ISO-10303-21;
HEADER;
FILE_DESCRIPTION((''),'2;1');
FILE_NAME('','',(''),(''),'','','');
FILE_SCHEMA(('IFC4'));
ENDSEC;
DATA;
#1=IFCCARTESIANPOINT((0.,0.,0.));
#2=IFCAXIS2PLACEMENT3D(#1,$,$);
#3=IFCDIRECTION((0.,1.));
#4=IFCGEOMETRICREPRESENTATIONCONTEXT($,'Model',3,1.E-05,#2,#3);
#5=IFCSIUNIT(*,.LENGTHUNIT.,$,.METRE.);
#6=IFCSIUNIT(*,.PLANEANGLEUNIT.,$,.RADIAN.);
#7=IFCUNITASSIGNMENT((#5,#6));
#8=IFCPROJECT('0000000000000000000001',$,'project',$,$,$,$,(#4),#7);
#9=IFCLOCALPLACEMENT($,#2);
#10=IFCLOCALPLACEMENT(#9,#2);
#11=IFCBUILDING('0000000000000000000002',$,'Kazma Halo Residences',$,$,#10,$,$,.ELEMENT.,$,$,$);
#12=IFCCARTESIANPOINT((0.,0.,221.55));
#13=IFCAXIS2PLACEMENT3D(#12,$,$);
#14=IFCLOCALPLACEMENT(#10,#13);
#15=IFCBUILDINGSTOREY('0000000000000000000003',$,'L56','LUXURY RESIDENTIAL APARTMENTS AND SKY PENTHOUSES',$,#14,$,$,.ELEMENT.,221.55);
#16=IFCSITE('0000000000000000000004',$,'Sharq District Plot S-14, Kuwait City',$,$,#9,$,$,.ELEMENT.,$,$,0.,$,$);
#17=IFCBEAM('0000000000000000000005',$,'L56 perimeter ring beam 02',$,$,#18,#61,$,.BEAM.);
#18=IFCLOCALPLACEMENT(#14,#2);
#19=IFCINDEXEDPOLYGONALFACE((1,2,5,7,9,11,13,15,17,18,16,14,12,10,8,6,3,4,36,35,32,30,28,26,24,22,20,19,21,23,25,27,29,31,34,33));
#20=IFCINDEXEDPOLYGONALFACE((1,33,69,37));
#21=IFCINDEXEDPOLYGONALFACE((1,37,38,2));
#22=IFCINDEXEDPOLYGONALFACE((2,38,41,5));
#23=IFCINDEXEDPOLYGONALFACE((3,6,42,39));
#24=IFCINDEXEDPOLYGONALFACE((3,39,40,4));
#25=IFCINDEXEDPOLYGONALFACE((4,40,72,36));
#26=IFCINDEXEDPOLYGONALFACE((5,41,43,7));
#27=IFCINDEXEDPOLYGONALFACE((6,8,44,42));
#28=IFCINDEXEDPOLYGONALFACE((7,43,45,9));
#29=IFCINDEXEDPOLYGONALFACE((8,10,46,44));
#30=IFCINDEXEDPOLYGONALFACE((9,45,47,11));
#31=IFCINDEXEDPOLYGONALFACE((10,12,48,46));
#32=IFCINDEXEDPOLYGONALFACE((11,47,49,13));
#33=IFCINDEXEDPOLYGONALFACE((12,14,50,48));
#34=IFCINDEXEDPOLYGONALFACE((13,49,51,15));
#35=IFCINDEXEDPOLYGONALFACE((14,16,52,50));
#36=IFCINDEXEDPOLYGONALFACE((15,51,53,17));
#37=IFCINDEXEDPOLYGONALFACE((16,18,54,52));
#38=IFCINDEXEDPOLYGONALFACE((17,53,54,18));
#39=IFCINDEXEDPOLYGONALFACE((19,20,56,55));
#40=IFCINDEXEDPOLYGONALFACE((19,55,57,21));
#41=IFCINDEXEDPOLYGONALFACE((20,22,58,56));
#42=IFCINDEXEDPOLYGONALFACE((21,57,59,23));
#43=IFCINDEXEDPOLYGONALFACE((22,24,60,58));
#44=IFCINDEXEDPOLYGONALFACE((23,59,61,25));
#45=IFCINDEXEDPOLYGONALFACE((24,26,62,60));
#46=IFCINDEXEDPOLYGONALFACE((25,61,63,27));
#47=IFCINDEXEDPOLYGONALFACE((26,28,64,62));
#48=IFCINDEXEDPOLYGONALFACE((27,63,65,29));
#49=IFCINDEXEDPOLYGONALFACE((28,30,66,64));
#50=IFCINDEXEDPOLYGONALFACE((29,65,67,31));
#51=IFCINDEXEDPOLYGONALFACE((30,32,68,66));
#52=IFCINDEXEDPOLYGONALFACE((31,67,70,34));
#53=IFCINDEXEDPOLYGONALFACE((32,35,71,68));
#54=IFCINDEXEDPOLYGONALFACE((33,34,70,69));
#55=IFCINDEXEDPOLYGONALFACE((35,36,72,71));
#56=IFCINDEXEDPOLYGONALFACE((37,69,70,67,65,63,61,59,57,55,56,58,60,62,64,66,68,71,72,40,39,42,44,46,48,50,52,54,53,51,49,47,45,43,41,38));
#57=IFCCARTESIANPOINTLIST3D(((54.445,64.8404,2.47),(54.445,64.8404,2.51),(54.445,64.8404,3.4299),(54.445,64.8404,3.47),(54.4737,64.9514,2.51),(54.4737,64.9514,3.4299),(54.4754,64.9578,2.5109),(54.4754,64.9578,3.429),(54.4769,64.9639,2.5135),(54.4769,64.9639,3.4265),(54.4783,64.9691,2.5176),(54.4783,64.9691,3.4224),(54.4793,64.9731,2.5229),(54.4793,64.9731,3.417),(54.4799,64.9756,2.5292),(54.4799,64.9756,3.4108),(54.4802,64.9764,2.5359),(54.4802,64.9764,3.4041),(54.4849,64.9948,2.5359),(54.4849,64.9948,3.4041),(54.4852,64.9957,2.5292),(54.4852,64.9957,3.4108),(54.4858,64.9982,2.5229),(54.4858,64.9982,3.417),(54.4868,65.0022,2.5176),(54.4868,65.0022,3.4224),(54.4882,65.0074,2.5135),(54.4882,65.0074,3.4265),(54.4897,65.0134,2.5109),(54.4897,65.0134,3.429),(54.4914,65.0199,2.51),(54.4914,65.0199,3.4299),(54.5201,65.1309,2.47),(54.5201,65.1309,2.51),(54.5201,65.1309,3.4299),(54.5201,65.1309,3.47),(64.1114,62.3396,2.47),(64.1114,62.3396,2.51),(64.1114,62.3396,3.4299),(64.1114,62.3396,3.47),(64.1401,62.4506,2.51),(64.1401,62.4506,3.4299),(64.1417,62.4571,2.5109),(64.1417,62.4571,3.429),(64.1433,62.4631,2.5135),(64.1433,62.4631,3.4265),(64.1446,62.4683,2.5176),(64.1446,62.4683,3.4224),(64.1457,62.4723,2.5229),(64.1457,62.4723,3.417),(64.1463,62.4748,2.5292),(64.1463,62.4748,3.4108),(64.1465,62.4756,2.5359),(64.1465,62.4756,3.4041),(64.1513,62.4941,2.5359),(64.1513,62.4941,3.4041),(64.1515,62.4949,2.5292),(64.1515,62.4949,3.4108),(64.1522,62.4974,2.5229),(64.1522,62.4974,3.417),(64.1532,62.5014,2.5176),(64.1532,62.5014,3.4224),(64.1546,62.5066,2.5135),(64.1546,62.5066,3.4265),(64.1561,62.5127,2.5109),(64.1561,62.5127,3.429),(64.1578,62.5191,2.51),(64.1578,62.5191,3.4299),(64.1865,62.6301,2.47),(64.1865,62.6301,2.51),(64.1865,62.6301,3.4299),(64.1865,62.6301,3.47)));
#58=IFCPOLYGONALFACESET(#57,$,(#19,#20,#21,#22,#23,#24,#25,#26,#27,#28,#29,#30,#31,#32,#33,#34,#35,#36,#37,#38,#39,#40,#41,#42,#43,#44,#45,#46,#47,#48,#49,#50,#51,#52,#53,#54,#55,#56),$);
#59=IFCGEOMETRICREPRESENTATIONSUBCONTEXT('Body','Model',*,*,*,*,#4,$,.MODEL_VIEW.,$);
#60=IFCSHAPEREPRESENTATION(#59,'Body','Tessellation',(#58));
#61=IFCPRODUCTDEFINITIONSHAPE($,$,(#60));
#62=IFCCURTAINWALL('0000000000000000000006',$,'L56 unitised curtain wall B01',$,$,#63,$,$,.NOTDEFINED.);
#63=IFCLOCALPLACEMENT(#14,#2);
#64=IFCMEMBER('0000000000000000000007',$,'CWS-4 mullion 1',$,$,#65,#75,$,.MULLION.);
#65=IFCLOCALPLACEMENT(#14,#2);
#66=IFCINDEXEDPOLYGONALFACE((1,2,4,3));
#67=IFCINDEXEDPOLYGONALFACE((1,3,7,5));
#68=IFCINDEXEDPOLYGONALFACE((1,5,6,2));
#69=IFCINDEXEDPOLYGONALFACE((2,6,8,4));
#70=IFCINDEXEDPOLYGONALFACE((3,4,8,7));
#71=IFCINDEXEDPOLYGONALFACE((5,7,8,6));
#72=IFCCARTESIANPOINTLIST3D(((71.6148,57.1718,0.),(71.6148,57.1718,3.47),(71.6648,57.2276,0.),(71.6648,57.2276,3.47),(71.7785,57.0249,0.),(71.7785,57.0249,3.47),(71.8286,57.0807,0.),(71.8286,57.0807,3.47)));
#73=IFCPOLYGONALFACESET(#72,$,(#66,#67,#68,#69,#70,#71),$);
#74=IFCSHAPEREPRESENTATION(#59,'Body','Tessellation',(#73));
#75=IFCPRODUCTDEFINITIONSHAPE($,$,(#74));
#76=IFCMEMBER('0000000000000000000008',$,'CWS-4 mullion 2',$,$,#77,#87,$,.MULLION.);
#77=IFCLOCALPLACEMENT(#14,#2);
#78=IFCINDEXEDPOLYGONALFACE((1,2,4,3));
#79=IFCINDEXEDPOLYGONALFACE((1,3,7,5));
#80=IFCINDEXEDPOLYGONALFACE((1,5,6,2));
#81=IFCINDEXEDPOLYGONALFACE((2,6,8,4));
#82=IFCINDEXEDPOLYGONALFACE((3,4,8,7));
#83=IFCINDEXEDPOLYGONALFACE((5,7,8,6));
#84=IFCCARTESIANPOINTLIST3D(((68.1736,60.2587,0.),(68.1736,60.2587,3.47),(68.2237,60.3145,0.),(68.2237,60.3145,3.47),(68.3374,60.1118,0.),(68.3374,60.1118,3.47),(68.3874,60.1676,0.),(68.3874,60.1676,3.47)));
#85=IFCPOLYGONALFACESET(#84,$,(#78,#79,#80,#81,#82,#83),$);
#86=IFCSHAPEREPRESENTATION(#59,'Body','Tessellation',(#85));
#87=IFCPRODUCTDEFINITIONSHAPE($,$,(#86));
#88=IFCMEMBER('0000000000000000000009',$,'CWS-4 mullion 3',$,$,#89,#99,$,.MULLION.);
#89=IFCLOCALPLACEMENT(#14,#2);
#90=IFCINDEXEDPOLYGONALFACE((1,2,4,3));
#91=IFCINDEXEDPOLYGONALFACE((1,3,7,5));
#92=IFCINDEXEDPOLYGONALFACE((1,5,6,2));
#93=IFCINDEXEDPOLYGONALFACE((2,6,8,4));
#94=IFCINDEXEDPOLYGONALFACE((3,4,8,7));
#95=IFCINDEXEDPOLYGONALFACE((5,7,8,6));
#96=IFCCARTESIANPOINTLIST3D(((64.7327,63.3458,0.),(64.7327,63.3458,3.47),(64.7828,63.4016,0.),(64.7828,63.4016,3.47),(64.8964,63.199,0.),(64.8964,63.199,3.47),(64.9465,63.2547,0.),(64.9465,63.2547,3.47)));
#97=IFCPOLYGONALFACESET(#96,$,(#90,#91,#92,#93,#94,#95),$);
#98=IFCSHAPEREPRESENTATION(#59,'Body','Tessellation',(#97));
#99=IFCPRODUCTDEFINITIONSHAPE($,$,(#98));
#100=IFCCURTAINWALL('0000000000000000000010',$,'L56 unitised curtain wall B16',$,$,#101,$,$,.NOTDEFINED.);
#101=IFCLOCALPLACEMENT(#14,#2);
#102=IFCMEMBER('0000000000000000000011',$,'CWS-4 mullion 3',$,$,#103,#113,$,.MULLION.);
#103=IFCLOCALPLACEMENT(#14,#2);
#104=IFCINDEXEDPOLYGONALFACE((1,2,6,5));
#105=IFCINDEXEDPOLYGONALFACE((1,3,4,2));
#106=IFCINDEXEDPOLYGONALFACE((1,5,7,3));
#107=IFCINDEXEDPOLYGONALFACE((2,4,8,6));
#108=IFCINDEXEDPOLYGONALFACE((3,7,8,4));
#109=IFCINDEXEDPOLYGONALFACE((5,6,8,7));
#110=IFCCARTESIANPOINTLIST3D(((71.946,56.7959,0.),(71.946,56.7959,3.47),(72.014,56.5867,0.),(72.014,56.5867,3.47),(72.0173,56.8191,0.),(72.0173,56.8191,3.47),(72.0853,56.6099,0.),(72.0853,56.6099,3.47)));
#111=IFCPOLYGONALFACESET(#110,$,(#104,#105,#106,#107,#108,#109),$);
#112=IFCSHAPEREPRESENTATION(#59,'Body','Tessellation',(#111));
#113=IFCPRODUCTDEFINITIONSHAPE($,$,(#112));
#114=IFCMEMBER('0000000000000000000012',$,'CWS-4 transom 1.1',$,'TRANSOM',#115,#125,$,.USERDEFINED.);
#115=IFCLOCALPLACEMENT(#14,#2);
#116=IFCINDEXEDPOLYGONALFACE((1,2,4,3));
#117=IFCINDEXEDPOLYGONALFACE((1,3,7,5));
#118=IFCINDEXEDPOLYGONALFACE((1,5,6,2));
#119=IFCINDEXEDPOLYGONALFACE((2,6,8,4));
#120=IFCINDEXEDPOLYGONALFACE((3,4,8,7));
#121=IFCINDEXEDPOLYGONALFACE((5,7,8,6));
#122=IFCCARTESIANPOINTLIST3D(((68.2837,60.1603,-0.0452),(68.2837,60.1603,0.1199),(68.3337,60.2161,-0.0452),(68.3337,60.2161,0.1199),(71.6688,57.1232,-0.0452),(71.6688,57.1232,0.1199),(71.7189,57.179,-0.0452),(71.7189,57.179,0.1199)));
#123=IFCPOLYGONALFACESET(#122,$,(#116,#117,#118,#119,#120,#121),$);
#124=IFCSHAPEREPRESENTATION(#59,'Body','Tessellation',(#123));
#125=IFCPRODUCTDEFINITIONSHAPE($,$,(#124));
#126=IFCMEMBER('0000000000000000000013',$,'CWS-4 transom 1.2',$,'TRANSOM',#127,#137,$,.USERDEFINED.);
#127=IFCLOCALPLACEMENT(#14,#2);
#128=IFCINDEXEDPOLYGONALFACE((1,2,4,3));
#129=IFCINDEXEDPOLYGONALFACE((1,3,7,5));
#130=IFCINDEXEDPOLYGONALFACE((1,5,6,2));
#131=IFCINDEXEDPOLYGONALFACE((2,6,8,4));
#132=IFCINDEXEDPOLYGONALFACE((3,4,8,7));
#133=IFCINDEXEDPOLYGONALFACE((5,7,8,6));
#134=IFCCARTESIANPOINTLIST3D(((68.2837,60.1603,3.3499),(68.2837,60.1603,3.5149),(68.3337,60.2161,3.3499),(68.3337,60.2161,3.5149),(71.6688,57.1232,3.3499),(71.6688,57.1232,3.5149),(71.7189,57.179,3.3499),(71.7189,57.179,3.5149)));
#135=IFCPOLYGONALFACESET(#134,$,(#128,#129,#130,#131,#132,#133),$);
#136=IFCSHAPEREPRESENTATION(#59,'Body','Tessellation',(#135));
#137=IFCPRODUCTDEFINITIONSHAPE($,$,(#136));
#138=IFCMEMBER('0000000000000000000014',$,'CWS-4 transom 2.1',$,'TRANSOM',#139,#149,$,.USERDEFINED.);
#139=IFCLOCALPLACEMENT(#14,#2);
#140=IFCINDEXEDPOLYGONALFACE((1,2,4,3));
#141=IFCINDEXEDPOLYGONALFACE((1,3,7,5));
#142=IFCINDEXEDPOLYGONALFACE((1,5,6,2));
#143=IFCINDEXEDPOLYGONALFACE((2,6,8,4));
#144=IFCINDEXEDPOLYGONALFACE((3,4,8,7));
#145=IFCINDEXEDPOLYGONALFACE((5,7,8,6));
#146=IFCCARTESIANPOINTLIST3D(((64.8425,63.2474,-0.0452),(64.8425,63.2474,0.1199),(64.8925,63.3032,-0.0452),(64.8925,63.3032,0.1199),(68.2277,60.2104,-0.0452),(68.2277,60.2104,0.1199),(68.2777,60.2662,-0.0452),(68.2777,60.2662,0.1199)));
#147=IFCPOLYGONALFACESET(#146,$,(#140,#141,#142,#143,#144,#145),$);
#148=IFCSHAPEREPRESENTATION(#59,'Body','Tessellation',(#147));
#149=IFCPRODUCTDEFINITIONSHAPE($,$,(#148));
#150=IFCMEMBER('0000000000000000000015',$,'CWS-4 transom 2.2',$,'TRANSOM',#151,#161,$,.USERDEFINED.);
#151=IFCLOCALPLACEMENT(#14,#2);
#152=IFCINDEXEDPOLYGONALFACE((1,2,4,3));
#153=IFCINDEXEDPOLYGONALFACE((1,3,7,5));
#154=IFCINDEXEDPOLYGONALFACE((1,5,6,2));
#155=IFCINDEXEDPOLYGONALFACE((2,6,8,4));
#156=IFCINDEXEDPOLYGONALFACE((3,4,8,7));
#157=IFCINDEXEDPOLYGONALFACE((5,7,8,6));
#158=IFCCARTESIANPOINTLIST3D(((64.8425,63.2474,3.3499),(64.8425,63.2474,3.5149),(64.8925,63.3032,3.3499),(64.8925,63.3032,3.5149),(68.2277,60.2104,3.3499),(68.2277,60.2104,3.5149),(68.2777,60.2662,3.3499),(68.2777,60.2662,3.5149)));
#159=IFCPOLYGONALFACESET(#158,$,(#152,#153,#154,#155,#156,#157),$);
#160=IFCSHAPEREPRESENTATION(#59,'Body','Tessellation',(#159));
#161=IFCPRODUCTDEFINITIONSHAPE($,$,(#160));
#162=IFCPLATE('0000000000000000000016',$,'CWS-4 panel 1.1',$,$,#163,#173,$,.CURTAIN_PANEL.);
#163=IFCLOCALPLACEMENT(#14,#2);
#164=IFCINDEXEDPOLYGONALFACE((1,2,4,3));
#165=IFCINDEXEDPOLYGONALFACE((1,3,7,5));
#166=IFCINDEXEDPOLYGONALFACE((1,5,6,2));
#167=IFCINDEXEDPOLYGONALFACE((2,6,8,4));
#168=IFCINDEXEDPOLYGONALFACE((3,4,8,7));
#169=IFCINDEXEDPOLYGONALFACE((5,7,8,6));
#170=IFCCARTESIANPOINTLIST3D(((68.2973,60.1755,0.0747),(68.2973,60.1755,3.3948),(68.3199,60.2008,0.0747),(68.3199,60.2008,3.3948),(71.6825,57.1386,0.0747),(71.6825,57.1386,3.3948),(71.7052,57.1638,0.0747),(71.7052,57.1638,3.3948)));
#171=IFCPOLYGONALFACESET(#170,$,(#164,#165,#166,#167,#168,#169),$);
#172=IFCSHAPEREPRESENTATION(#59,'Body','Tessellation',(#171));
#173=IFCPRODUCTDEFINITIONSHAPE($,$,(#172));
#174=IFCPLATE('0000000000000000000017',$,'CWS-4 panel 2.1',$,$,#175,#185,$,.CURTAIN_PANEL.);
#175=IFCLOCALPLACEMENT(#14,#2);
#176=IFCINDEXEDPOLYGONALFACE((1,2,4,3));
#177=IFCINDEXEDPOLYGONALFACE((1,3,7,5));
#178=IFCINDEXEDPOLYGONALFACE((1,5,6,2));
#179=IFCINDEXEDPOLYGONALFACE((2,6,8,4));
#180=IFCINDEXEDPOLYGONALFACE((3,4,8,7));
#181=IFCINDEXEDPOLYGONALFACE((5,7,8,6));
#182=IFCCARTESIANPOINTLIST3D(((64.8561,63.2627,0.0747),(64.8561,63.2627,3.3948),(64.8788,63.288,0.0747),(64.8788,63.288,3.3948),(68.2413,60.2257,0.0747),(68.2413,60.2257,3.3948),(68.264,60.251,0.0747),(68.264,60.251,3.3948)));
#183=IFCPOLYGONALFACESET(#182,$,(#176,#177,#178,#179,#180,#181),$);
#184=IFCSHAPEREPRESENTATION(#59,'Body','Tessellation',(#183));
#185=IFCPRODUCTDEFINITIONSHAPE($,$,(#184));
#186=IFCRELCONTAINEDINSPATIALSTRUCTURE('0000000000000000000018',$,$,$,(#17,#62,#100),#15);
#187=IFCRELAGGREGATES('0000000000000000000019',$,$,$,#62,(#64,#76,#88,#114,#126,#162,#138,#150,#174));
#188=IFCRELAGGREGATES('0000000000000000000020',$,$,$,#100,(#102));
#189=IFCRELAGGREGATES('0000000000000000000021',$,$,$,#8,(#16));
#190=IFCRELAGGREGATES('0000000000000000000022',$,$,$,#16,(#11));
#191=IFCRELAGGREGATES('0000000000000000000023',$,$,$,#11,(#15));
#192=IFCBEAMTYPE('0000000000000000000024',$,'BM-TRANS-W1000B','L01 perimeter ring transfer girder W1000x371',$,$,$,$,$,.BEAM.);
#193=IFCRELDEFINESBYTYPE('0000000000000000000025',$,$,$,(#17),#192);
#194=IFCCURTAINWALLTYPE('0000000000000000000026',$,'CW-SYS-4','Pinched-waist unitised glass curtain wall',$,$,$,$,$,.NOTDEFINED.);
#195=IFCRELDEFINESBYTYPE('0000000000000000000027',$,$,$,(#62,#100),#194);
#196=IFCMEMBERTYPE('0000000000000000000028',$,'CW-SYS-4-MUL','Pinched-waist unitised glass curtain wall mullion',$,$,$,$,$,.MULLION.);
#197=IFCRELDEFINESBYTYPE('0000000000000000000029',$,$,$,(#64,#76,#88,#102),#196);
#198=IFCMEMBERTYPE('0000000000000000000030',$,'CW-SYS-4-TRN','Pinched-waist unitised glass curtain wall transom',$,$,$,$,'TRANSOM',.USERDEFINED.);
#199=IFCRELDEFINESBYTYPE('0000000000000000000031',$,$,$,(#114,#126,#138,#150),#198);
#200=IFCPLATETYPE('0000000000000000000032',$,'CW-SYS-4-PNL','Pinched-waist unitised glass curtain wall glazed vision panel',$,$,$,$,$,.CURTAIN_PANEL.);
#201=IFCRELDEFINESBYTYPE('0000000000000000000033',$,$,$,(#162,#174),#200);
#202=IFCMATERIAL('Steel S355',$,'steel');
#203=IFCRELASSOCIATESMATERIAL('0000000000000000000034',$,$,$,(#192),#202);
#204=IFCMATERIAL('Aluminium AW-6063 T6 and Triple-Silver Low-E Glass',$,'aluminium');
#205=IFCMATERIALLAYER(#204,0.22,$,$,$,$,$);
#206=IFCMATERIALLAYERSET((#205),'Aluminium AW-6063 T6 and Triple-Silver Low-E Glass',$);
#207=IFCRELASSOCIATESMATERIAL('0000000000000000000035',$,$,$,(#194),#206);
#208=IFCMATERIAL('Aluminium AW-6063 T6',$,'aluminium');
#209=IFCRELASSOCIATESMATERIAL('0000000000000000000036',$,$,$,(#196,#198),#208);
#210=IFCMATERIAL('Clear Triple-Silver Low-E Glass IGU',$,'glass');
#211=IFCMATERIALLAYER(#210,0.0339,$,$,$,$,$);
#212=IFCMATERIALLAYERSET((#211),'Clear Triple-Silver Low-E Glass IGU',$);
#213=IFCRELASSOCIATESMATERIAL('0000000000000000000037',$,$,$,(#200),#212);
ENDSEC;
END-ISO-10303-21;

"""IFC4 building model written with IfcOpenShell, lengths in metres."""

from ifc_helpers import new_model, si_unit, direction, frame, origin, origin_2d, place, context, subcontext, project, spatial, rectangle, i_section, extrude, material, layer, layer_set, material_profile, profile_set, type_object, element, aggregate, save


model = new_model("IFC4")

# Units and contexts
model_context = context("Model", 3, precision=1e-05, world=origin(), true_north=direction((0.0, 1.0)))
body_context = subcontext(model_context, "Body", "Model", "MODEL_VIEW")
ifc_project = project(units=[si_unit("LENGTHUNIT", "METRE"), si_unit("PLANEANGLEUNIT", "RADIAN")], contexts=[model_context])

# Site, building, storey
site_placement = place(None, origin())
site = spatial("IfcSite", under=ifc_project, at=site_placement, Name="Sharq District Plot S-14, Kuwait City", CompositionType="ELEMENT", RefElevation=0.0)
building_placement = place(site_placement, origin())
building = spatial("IfcBuilding", under=site, at=building_placement, Name="Kazma Halo Residences", CompositionType="ELEMENT")
storey_placement = place(building_placement, frame((0.0, 0.0, 221.55)))
storey = spatial("IfcBuildingStorey", under=building, at=storey_placement, Name="L56", Description="LUXURY RESIDENTIAL APARTMENTS AND SKY PENTHOUSES", CompositionType="ELEMENT", Elevation=221.55)

# Beam
ifc_material_1 = material(Name="Steel S355", Category="steel")
ifc_material_profile_1 = material_profile(ifc_material_1, i_section(OverallWidth=0.3, OverallDepth=1.0, WebThickness=0.019, FlangeThickness=0.04, FilletRadius=0.0259, at=origin_2d()), Name="W1000x371")
ifc_profile_set_1 = profile_set([ifc_material_profile_1], Name="Steel S355")
beam_type_1 = type_object("IfcBeamType", Name="BM-TRANS-W1000B", Description="L01 perimeter ring transfer girder W1000x371", PredefinedType="BEAM", material=ifc_profile_set_1)
beam_1_placement = place(storey_placement, frame((64.1489, 62.4849, 2.97), z_axis=(-0.968127, 0.250461, 0.0), x_axis=(-0.250461, -0.968127, 0.0)))
element("IfcBeam", 1, at=beam_1_placement, inside=storey, type_object=beam_type_1, Name="L56 perimeter ring beam 02", PredefinedType="BEAM", context=body_context, shape_type="SweptSolid", body=[
    extrude(i_section(OverallWidth=0.3, OverallDepth=1.0, WebThickness=0.019, FlangeThickness=0.04, FilletRadius=0.0259, at=origin_2d()), origin(), (0.0, 0.0, 1.0), 9.9846),
])

# Curtain wall, members
ifc_material_2 = material(Name="Aluminium AW-6063 T6 and Triple-Silver Low-E Glass", Category="aluminium")
ifc_layer_1 = layer(ifc_material_2, 0.22)
ifc_layer_set_1 = layer_set([ifc_layer_1], Name="Aluminium AW-6063 T6 and Triple-Silver Low-E Glass")
curtain_wall_type = type_object("IfcCurtainWallType", Name="CW-SYS-4", Description="Pinched-waist unitised glass curtain wall", PredefinedType="NOTDEFINED", material=ifc_layer_set_1)
curtain_wall_1_placement = place(storey_placement, origin())
curtain_wall_1 = element("IfcCurtainWall", 2, at=curtain_wall_1_placement, inside=storey, type_object=curtain_wall_type, Name="L56 unitised curtain wall B01", PredefinedType="NOTDEFINED")
ifc_material_3 = material(Name="Aluminium AW-6063 T6", Category="aluminium")
ifc_material_profile_2 = material_profile(ifc_material_3, rectangle(XDim=0.075, YDim=0.22, at=origin_2d()), Name="CWM-75x220")
ifc_profile_set_2 = profile_set([ifc_material_profile_2], Name="Aluminium AW-6063 T6")
member_type_1 = type_object("IfcMemberType", Name="CW-SYS-4-MUL", Description="Pinched-waist unitised glass curtain wall mullion", PredefinedType="MULLION", material=ifc_profile_set_2)
member_1_placement = place(storey_placement, frame((71.7217, 57.1262, 0.0), z_axis=(0.0, 0.0, 1.0), x_axis=(-0.667784, -0.744355, 0.0)))
member_1 = element("IfcMember", 3, at=member_1_placement, type_object=member_type_1, Name="CWS-4 mullion 1", PredefinedType="MULLION", context=body_context, shape_type="SweptSolid", body=[
    extrude(rectangle(XDim=0.075, YDim=0.22, at=origin_2d()), origin(), (0.0, 0.0, 1.0), 3.47),
])
member_2_placement = place(storey_placement, frame((68.2805, 60.2131, 0.0), z_axis=(0.0, 0.0, 1.0), x_axis=(-0.667784, -0.744355, 0.0)))
member_2 = element("IfcMember", 4, at=member_2_placement, type_object=member_type_1, Name="CWS-4 mullion 2", PredefinedType="MULLION", context=body_context, shape_type="SweptSolid", body=[
    extrude(rectangle(XDim=0.075, YDim=0.22, at=origin_2d()), origin(), (0.0, 0.0, 1.0), 3.47),
])
member_3_placement = place(storey_placement, frame((64.8396, 63.3003, 0.0), z_axis=(0.0, 0.0, 1.0), x_axis=(-0.667784, -0.744355, 0.0)))
member_3 = element("IfcMember", 5, at=member_3_placement, type_object=member_type_1, Name="CWS-4 mullion 3", PredefinedType="MULLION", context=body_context, shape_type="SweptSolid", body=[
    extrude(rectangle(XDim=0.075, YDim=0.22, at=origin_2d()), origin(), (0.0, 0.0, 1.0), 3.47),
])

# Curtain wall, member
curtain_wall_2_placement = place(storey_placement, origin())
curtain_wall_2 = element("IfcCurtainWall", 6, at=curtain_wall_2_placement, inside=storey, type_object=curtain_wall_type, Name="L56 unitised curtain wall B16", PredefinedType="NOTDEFINED")
member_4_placement = place(storey_placement, frame((72.0156, 56.7029, 0.0), z_axis=(0.0, 0.0, 1.0), x_axis=(-0.951057, -0.309016, 0.0)))
member_4 = element("IfcMember", 7, at=member_4_placement, type_object=member_type_1, Name="CWS-4 mullion 3", PredefinedType="MULLION", context=body_context, shape_type="SweptSolid", body=[
    extrude(rectangle(XDim=0.075, YDim=0.22, at=origin_2d()), origin(), (0.0, 0.0, 1.0), 3.47),
])

# Members
ifc_material_profile_3 = material_profile(ifc_material_3, rectangle(XDim=0.075, YDim=0.165, at=origin_2d()), Name="CWT-75x165")
ifc_profile_set_3 = profile_set([ifc_material_profile_3], Name="Aluminium AW-6063 T6")
member_type_2 = type_object("IfcMemberType", Name="CW-SYS-4-TRN", Description="Pinched-waist unitised glass curtain wall transom", ElementType="TRANSOM", PredefinedType="USERDEFINED", material=ifc_profile_set_3)
member_5_placement = place(storey_placement, frame((71.6938, 57.1511, 0.0374), z_axis=(-0.744345, 0.667795, 0.0), x_axis=(-0.667795, -0.744345, 0.0)))
member_5 = element("IfcMember", 8, at=member_5_placement, type_object=member_type_2, Name="CWS-4 transom 1.1", ObjectType="TRANSOM", PredefinedType="USERDEFINED", context=body_context, shape_type="SweptSolid", body=[
    extrude(rectangle(XDim=0.075, YDim=0.165, at=origin_2d()), origin(), (0.0, 0.0, 1.0), 4.5479),
])
member_6_placement = place(storey_placement, frame((71.6938, 57.1511, 3.4324), z_axis=(-0.744345, 0.667795, 0.0), x_axis=(-0.667795, -0.744345, 0.0)))
member_6 = element("IfcMember", 9, at=member_6_placement, type_object=member_type_2, Name="CWS-4 transom 1.2", ObjectType="TRANSOM", PredefinedType="USERDEFINED", context=body_context, shape_type="SweptSolid", body=[
    extrude(rectangle(XDim=0.075, YDim=0.165, at=origin_2d()), origin(), (0.0, 0.0, 1.0), 4.5479),
])
member_7_placement = place(storey_placement, frame((68.2527, 60.2383, 0.0374), z_axis=(-0.744345, 0.667795, 0.0), x_axis=(-0.667795, -0.744345, 0.0)))
member_7 = element("IfcMember", 10, at=member_7_placement, type_object=member_type_2, Name="CWS-4 transom 2.1", ObjectType="TRANSOM", PredefinedType="USERDEFINED", context=body_context, shape_type="SweptSolid", body=[
    extrude(rectangle(XDim=0.075, YDim=0.165, at=origin_2d()), origin(), (0.0, 0.0, 1.0), 4.5479),
])
member_8_placement = place(storey_placement, frame((68.2527, 60.2383, 3.4324), z_axis=(-0.744345, 0.667795, 0.0), x_axis=(-0.667795, -0.744345, 0.0)))
member_8 = element("IfcMember", 11, at=member_8_placement, type_object=member_type_2, Name="CWS-4 transom 2.2", ObjectType="TRANSOM", PredefinedType="USERDEFINED", context=body_context, shape_type="SweptSolid", body=[
    extrude(rectangle(XDim=0.075, YDim=0.165, at=origin_2d()), origin(), (0.0, 0.0, 1.0), 4.5479),
])

# Plates
ifc_material_4 = material(Name="Clear Triple-Silver Low-E Glass IGU", Category="glass")
ifc_layer_2 = layer(ifc_material_4, 0.0339)
ifc_layer_set_2 = layer_set([ifc_layer_2], Name="Clear Triple-Silver Low-E Glass IGU")
plate_type = type_object("IfcPlateType", Name="CW-SYS-4-PNL", Description="Pinched-waist unitised glass curtain wall glazed vision panel", PredefinedType="CURTAIN_PANEL", material=ifc_layer_set_2)
plate_1_placement = place(storey_placement, frame((70.0012, 58.6697, 0.0747), z_axis=(0.0, 0.0, 1.0), x_axis=(-0.744355, 0.667784, 0.0)))
plate_1 = element("IfcPlate", 12, at=plate_1_placement, type_object=plate_type, Name="CWS-4 panel 1.1", PredefinedType="CURTAIN_PANEL", context=body_context, shape_type="SweptSolid", body=[
    extrude(rectangle(XDim=4.5479, YDim=0.0339, at=origin_2d()), origin(), (0.0, 0.0, 1.0), 3.3201),
])
plate_2_placement = place(storey_placement, frame((66.5601, 61.7568, 0.0747), z_axis=(0.0, 0.0, 1.0), x_axis=(-0.744355, 0.667784, 0.0)))
plate_2 = element("IfcPlate", 13, at=plate_2_placement, type_object=plate_type, Name="CWS-4 panel 2.1", PredefinedType="CURTAIN_PANEL", context=body_context, shape_type="SweptSolid", body=[
    extrude(rectangle(XDim=4.5479, YDim=0.0339, at=origin_2d()), origin(), (0.0, 0.0, 1.0), 3.3201),
])
aggregate(curtain_wall_1, [member_1, member_2, member_3, member_5, member_6, plate_1, member_7, member_8, plate_2])
aggregate(curtain_wall_2, [member_4])

save(model, "model.ifc")
